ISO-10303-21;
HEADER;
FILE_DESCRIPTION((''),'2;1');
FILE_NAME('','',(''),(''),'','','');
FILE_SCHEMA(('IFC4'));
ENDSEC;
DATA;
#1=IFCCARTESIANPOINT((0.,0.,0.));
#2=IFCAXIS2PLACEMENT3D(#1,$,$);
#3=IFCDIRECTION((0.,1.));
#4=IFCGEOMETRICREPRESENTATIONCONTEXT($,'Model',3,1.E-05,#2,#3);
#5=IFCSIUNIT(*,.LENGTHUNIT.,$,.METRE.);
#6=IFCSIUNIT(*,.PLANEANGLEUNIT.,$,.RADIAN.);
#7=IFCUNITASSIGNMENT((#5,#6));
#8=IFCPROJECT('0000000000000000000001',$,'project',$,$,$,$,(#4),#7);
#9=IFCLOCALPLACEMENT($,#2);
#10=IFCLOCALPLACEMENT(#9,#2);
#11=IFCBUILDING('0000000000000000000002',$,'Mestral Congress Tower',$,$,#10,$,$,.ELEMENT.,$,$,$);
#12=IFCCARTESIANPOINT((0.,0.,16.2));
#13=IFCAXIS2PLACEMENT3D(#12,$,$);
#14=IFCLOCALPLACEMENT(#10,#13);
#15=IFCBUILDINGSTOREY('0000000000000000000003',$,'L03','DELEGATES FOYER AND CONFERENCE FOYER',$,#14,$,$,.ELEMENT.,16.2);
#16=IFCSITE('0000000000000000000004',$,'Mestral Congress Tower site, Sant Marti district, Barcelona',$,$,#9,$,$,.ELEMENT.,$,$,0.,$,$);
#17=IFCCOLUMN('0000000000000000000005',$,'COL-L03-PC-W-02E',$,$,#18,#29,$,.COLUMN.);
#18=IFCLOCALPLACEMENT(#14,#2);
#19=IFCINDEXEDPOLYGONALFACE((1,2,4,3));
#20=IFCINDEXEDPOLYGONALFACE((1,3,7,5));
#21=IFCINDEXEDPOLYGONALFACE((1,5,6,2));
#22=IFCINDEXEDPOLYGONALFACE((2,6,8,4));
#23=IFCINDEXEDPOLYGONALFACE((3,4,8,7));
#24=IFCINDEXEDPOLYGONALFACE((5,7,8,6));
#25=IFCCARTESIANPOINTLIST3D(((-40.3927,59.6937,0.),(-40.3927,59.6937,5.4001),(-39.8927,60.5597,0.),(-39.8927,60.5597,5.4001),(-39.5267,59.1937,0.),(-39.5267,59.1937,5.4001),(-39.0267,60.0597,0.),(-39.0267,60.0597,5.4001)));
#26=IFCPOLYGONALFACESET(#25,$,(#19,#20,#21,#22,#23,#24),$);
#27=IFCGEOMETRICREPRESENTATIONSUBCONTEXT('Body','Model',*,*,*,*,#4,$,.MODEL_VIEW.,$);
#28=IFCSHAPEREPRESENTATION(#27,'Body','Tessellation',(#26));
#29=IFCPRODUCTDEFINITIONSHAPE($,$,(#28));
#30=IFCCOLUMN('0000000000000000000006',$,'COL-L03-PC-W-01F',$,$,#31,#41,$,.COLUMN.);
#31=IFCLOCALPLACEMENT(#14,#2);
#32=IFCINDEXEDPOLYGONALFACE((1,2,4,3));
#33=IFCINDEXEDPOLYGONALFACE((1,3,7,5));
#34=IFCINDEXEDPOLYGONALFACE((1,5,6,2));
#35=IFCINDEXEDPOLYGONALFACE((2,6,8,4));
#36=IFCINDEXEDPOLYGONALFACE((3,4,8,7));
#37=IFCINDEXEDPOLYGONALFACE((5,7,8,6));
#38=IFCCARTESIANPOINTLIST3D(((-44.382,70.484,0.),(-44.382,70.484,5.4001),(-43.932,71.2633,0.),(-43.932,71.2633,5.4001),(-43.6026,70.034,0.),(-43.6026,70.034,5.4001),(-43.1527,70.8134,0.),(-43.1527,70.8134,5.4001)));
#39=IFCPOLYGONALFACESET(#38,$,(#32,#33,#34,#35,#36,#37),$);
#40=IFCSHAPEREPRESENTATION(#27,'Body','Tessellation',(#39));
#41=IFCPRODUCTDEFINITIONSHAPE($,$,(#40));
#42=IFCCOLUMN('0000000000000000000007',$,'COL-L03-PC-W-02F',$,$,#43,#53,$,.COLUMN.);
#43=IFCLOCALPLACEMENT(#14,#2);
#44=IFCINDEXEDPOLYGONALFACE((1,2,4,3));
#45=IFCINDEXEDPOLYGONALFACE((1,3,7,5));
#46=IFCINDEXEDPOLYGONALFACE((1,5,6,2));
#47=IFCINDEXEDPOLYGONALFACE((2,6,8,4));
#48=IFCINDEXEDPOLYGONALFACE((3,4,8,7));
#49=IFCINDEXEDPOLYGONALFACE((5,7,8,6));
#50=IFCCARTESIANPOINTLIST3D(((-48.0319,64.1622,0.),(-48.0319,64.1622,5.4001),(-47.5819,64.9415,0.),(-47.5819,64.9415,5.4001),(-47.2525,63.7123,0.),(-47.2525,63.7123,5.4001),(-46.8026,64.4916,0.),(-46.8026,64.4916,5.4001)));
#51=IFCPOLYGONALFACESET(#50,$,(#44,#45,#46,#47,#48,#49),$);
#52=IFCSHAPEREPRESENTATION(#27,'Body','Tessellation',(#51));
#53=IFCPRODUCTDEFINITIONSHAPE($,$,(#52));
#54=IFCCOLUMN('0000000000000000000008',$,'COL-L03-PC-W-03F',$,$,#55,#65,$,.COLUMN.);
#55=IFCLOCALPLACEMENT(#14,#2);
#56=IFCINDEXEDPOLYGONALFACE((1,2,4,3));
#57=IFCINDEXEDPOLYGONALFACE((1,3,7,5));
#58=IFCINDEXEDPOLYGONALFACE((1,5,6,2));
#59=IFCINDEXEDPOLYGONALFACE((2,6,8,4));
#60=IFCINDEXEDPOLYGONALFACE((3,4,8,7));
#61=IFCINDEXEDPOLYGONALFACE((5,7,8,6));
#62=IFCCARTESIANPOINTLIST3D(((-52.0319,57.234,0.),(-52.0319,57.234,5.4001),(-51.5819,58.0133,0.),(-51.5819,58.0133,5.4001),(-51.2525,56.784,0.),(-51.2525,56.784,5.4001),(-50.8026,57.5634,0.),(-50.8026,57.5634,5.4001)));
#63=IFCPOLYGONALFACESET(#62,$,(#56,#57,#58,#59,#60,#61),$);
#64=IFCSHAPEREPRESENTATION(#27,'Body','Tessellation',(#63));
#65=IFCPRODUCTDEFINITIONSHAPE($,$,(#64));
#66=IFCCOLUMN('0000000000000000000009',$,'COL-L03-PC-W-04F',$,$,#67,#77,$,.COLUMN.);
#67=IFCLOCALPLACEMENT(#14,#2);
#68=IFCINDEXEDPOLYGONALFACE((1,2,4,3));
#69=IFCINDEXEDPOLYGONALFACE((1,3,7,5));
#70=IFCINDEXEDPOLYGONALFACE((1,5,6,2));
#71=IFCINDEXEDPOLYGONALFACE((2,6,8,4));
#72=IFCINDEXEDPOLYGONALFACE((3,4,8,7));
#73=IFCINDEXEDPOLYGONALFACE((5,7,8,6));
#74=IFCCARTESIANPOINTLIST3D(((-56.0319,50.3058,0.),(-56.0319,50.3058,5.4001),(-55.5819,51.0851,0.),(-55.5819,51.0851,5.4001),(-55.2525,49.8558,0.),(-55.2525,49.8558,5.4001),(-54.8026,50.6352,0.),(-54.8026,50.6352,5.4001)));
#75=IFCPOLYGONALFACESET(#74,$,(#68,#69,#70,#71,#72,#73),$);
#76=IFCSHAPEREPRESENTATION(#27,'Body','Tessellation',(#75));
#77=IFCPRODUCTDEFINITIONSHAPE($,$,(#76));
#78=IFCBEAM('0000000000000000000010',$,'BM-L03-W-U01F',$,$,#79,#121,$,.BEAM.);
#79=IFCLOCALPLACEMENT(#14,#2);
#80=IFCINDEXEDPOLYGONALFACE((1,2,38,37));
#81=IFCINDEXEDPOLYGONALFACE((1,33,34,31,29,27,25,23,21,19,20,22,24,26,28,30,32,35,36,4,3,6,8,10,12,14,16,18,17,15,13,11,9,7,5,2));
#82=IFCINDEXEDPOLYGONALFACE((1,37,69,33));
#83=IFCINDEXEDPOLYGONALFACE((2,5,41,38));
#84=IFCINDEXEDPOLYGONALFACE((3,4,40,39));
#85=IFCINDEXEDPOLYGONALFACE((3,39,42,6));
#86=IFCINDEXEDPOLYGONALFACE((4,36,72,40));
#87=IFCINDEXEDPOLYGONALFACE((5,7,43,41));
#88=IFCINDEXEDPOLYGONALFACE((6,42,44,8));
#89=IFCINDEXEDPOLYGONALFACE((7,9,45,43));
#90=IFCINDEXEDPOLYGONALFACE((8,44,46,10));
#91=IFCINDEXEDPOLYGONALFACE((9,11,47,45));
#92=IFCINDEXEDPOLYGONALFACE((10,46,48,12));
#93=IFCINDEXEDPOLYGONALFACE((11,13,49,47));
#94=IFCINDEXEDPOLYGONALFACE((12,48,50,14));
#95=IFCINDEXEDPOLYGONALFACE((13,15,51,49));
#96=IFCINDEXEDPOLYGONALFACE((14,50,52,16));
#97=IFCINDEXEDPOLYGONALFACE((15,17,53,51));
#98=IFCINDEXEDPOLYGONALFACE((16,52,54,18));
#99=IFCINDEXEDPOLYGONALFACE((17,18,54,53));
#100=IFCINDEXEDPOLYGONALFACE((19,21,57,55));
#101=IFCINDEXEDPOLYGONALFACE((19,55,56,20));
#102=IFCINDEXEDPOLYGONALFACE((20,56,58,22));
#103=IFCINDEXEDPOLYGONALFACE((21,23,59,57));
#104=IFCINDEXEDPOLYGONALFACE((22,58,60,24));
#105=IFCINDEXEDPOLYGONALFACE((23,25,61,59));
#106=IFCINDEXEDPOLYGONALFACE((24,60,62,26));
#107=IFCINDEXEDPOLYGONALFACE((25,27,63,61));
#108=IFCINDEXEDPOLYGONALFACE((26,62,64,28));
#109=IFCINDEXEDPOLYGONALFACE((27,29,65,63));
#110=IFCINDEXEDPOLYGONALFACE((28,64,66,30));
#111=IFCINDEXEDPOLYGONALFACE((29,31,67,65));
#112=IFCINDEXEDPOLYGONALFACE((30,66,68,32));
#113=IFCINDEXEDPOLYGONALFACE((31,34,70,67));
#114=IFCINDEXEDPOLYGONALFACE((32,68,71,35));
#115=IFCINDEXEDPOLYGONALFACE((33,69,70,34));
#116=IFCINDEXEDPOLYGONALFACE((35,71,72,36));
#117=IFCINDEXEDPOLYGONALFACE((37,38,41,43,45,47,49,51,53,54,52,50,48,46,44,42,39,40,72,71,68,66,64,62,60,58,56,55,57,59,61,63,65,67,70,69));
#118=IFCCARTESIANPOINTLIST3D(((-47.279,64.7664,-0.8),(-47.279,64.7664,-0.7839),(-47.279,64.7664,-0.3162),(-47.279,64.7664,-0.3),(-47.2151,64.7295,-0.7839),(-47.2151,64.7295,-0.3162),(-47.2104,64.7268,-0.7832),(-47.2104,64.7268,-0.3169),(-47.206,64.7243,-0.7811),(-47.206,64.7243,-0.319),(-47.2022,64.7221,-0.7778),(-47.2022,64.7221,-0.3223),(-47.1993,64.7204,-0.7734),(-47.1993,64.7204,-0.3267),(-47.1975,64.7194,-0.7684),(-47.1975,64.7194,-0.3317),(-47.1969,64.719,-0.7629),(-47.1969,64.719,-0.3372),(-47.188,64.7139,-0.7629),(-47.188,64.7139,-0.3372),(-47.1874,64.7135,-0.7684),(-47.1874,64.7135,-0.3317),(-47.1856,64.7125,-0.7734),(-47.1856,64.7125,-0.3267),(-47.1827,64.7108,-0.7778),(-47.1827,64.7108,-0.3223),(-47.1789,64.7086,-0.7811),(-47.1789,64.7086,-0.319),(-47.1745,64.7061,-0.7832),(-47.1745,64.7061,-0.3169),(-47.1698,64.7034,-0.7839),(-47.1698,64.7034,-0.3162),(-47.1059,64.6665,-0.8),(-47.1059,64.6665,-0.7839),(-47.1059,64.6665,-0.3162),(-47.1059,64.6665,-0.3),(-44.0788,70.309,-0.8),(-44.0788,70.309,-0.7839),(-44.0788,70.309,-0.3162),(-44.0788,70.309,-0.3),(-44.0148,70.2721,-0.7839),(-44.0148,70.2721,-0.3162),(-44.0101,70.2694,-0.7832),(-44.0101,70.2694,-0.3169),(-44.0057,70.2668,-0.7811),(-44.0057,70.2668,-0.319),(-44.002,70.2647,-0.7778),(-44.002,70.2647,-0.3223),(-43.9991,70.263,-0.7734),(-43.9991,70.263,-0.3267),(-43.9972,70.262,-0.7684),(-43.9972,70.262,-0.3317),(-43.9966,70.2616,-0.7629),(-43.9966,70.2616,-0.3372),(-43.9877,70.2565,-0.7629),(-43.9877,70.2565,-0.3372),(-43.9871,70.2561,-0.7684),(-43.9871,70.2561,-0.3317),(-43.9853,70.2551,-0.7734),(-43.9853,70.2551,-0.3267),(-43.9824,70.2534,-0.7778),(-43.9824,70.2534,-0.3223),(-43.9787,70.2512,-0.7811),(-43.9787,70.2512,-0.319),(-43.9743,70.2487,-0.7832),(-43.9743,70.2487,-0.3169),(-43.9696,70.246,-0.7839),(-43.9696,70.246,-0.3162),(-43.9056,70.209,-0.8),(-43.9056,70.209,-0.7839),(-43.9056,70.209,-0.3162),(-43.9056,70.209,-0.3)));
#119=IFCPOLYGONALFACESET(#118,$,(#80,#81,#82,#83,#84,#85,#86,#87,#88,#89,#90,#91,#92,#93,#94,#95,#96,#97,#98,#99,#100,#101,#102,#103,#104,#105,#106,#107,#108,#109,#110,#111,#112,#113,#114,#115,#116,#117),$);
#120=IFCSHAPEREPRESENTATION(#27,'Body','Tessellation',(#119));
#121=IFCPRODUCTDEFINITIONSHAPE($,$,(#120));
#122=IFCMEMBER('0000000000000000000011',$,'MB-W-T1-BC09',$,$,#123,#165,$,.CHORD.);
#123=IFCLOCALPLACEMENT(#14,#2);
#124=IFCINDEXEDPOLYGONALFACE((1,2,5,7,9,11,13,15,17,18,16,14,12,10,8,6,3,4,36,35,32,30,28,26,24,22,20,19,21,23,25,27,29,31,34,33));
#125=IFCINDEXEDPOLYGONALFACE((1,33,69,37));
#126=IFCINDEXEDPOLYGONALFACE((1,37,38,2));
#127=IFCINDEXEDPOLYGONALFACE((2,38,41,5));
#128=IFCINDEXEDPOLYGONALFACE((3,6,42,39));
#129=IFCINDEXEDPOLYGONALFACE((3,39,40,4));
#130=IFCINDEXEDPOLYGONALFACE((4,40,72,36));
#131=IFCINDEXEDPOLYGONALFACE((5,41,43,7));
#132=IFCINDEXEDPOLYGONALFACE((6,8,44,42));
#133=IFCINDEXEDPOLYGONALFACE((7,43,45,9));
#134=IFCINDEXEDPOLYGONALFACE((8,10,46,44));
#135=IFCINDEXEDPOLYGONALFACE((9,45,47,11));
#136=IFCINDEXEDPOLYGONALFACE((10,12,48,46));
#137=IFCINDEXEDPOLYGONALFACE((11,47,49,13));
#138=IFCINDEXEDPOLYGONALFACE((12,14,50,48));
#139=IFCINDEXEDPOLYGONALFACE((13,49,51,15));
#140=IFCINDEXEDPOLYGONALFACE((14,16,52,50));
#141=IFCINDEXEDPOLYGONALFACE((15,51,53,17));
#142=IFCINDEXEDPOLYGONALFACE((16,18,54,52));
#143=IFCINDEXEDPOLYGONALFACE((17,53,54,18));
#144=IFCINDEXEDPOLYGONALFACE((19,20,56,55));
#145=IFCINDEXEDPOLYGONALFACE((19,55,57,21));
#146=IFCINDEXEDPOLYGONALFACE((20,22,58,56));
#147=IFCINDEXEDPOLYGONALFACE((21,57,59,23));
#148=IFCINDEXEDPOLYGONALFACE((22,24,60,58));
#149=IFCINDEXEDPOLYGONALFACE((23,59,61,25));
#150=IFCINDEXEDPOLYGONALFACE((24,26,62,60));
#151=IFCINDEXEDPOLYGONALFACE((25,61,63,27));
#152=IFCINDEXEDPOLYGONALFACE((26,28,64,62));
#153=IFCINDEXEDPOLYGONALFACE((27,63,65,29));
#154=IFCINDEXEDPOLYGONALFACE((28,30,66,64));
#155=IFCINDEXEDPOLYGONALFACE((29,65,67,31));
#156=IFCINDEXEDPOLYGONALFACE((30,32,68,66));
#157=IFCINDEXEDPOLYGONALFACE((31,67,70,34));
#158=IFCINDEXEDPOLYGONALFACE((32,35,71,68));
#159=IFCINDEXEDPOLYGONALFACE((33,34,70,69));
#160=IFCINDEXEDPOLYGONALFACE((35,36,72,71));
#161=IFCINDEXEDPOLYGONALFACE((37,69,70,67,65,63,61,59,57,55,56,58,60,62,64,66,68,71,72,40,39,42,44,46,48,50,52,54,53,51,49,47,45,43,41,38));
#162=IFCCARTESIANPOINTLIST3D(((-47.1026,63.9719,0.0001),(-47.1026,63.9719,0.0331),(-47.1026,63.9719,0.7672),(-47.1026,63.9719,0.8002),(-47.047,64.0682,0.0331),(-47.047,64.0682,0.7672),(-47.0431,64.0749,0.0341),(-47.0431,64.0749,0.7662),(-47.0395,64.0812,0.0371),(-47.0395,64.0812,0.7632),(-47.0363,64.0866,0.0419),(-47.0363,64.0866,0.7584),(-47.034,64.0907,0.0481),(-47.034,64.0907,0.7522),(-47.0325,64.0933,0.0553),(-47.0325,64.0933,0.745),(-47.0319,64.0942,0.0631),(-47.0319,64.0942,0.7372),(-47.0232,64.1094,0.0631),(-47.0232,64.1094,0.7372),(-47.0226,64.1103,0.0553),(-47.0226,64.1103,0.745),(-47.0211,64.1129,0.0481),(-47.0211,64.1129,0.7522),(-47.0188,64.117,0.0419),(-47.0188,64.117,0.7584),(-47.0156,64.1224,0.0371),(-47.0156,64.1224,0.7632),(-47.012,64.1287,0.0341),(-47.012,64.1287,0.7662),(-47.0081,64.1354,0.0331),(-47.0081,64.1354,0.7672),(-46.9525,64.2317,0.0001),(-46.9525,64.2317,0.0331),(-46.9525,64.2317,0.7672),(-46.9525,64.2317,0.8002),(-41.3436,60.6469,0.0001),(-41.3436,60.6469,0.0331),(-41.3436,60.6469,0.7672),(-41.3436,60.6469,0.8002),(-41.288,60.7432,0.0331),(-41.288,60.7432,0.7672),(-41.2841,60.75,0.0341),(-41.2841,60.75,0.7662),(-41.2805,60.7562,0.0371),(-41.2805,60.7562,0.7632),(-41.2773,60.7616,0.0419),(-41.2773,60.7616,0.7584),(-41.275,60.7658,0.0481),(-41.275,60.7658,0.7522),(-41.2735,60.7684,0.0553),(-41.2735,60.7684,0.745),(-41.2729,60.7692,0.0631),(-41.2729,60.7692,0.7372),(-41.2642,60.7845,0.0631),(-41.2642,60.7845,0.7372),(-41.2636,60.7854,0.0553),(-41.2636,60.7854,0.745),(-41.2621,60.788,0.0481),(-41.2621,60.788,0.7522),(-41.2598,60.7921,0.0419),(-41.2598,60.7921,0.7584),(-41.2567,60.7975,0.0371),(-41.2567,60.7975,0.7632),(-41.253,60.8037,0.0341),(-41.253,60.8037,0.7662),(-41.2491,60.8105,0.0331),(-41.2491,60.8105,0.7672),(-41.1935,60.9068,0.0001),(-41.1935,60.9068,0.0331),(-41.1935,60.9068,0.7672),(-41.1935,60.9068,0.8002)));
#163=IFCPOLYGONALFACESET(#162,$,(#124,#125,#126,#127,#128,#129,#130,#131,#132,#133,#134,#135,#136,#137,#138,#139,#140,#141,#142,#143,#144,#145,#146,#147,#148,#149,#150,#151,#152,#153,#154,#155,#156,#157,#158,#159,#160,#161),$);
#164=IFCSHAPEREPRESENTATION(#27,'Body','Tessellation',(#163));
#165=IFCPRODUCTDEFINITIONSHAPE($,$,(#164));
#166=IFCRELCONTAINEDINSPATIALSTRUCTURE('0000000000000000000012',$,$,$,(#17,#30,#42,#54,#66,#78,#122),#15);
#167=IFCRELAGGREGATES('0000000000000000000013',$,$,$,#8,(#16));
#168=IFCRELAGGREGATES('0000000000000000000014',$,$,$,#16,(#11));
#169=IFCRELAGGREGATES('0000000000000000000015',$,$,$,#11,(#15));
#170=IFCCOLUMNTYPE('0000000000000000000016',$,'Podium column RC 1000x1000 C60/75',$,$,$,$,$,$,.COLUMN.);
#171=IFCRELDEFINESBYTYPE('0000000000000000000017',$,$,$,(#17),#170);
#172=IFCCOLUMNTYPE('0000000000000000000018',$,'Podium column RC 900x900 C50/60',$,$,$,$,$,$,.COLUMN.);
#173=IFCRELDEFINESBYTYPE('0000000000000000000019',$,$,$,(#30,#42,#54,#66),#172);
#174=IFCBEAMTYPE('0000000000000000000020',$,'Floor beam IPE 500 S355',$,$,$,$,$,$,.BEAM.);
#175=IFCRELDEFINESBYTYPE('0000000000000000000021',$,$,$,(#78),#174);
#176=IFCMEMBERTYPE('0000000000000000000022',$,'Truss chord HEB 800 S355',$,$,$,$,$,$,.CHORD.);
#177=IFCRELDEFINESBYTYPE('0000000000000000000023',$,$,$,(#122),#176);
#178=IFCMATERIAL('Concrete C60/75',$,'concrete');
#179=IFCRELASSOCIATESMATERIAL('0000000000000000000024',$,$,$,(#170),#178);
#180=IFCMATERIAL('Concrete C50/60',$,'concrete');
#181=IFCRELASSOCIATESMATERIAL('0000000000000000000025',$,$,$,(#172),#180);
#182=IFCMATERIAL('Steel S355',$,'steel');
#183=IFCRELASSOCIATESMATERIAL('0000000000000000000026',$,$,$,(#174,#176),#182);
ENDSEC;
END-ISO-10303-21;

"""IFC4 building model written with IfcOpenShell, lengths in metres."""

from ifc_helpers import new_model, si_unit, direction, frame, origin, origin_2d, place, context, subcontext, project, spatial, rectangle, i_section, extrude, material, material_profile, profile_set, type_object, element, save


model = new_model("IFC4")

# Units and contexts
model_context = context("Model", 3, precision=1e-05, world=origin(), true_north=direction((0.0, 1.0)))
body_context = subcontext(model_context, "Body", "Model", "MODEL_VIEW")
ifc_project = project(units=[si_unit("LENGTHUNIT", "METRE"), si_unit("PLANEANGLEUNIT", "RADIAN")], contexts=[model_context])

# Site, building, storey
site_placement = place(None, origin())
site = spatial("IfcSite", under=ifc_project, at=site_placement, Name="Mestral Congress Tower site, Sant Marti district, Barcelona", CompositionType="ELEMENT", RefElevation=0.0)
building_placement = place(site_placement, origin())
building = spatial("IfcBuilding", under=site, at=building_placement, Name="Mestral Congress Tower", CompositionType="ELEMENT")
storey_placement = place(building_placement, frame((0.0, 0.0, 16.2)))
storey = spatial("IfcBuildingStorey", under=building, at=storey_placement, Name="L03", Description="DELEGATES FOYER AND CONFERENCE FOYER", CompositionType="ELEMENT", Elevation=16.2)

# Columns
ifc_material_1 = material(Name="Concrete C60/75", Category="concrete")
ifc_material_profile_1 = material_profile(ifc_material_1, rectangle(XDim=1.0, YDim=1.0, at=origin_2d()), Name="RC 1000x1000")
ifc_profile_set_1 = profile_set([ifc_material_profile_1], Name="Concrete C60/75")
column_type_1 = type_object("IfcColumnType", Name="Podium column RC 1000x1000 C60/75", PredefinedType="COLUMN", material=ifc_profile_set_1)
column_placement = place(storey_placement, frame((-39.7097, 59.8767, 0.0), z_axis=(0.0, 0.0, 1.0), x_axis=(-0.5, -0.866025, 0.0)))
element("IfcColumn", 1, at=column_placement, inside=storey, type_object=column_type_1, Name="COL-L03-PC-W-02E", PredefinedType="COLUMN", context=body_context, shape_type="SweptSolid", body=[
    extrude(rectangle(XDim=1.0, YDim=1.0, at=origin_2d()), origin(), (0.0, 0.0, 1.0), 5.4001),
])
ifc_material_2 = material(Name="Concrete C50/60", Category="concrete")
ifc_material_profile_2 = material_profile(ifc_material_2, rectangle(XDim=0.8999, YDim=0.8999, at=origin_2d()), Name="RC 900x900")
ifc_profile_set_2 = profile_set([ifc_material_profile_2], Name="Concrete C50/60")
column_type_2 = type_object("IfcColumnType", Name="Podium column RC 900x900 C50/60", PredefinedType="COLUMN", material=ifc_profile_set_2)
for number, where, z_axis, x_axis, name in (
    (2, (-43.7673, 70.6487, 0.0), (0.0, 0.0, 1.0), (-0.5, -0.866025, 0.0), "COL-L03-PC-W-01F"),
    (3, (-47.4172, 64.3269, 0.0), (0.0, 0.0, 1.0), (-0.5, -0.866025, 0.0), "COL-L03-PC-W-02F"),
    (4, (-51.4172, 57.3987, 0.0), (0.0, 0.0, 1.0), (-0.5, -0.866025, 0.0), "COL-L03-PC-W-03F"),
    (5, (-55.4172, 50.4705, 0.0), (0.0, 0.0, 1.0), (-0.5, -0.866025, 0.0), "COL-L03-PC-W-04F"),
):
    element("IfcColumn", number, at=place(storey_placement, frame(where, z_axis=z_axis, x_axis=x_axis)), inside=storey, type_object=column_type_2, Name=name, PredefinedType="COLUMN", context=body_context, shape_type="SweptSolid", body=[
        extrude(rectangle(XDim=0.8999, YDim=0.8999, at=origin_2d()), origin(), (0.0, 0.0, 1.0), 5.4001),
    ])

# Beam
ifc_material_3 = material(Name="Steel S355", Category="steel")
ifc_material_profile_3 = material_profile(ifc_material_3, i_section(OverallWidth=0.2, OverallDepth=0.5, WebThickness=0.0103, FlangeThickness=0.0161, FilletRadius=0.021, at=origin_2d()), Name="IPE 500")
ifc_profile_set_3 = profile_set([ifc_material_profile_3], Name="Steel S355")
beam_type = type_object("IfcBeamType", Name="Floor beam IPE 500 S355", PredefinedType="BEAM", material=ifc_profile_set_3)
beam_placement = place(storey_placement, frame((-43.9922, 70.259, -0.55), z_axis=(-0.500028, -0.866009, 0.0), x_axis=(0.866009, -0.500028, 0.0)))
element("IfcBeam", 6, at=beam_placement, inside=storey, type_object=beam_type, Name="BM-L03-W-U01F", PredefinedType="BEAM", context=body_context, shape_type="SweptSolid", body=[
    extrude(i_section(OverallWidth=0.2, OverallDepth=0.5, WebThickness=0.0103, FlangeThickness=0.0161, FilletRadius=0.021, at=origin_2d()), origin(), (0.0, 0.0, 1.0), 6.4001),
])

# Member
ifc_material_profile_4 = material_profile(ifc_material_3, i_section(OverallWidth=0.3, OverallDepth=0.8, WebThickness=0.0176, FlangeThickness=0.033, FilletRadius=0.03, at=origin_2d()), Name="HEB 800")
ifc_profile_set_4 = profile_set([ifc_material_profile_4], Name="Steel S355")
member_type_1 = type_object("IfcMemberType", Name="Truss chord HEB 800 S355", PredefinedType="CHORD", material=ifc_profile_set_4)
member_1_placement = place(storey_placement, frame((-41.2686, 60.7769, 0.4001), z_axis=(-0.866027, 0.499997, 0.0), x_axis=(-0.499997, -0.866027, 0.0)))
element("IfcMember", 7, at=member_1_placement, inside=storey, type_object=member_type_1, Name="MB-W-T1-BC09", PredefinedType="CHORD", context=body_context, shape_type="SweptSolid", body=[
    extrude(i_section(OverallWidth=0.3, OverallDepth=0.8, WebThickness=0.0176, FlangeThickness=0.033, FilletRadius=0.03, at=origin_2d()), origin(), (0.0, 0.0, 1.0), 6.6499),
])

save(model, "model.ifc")
